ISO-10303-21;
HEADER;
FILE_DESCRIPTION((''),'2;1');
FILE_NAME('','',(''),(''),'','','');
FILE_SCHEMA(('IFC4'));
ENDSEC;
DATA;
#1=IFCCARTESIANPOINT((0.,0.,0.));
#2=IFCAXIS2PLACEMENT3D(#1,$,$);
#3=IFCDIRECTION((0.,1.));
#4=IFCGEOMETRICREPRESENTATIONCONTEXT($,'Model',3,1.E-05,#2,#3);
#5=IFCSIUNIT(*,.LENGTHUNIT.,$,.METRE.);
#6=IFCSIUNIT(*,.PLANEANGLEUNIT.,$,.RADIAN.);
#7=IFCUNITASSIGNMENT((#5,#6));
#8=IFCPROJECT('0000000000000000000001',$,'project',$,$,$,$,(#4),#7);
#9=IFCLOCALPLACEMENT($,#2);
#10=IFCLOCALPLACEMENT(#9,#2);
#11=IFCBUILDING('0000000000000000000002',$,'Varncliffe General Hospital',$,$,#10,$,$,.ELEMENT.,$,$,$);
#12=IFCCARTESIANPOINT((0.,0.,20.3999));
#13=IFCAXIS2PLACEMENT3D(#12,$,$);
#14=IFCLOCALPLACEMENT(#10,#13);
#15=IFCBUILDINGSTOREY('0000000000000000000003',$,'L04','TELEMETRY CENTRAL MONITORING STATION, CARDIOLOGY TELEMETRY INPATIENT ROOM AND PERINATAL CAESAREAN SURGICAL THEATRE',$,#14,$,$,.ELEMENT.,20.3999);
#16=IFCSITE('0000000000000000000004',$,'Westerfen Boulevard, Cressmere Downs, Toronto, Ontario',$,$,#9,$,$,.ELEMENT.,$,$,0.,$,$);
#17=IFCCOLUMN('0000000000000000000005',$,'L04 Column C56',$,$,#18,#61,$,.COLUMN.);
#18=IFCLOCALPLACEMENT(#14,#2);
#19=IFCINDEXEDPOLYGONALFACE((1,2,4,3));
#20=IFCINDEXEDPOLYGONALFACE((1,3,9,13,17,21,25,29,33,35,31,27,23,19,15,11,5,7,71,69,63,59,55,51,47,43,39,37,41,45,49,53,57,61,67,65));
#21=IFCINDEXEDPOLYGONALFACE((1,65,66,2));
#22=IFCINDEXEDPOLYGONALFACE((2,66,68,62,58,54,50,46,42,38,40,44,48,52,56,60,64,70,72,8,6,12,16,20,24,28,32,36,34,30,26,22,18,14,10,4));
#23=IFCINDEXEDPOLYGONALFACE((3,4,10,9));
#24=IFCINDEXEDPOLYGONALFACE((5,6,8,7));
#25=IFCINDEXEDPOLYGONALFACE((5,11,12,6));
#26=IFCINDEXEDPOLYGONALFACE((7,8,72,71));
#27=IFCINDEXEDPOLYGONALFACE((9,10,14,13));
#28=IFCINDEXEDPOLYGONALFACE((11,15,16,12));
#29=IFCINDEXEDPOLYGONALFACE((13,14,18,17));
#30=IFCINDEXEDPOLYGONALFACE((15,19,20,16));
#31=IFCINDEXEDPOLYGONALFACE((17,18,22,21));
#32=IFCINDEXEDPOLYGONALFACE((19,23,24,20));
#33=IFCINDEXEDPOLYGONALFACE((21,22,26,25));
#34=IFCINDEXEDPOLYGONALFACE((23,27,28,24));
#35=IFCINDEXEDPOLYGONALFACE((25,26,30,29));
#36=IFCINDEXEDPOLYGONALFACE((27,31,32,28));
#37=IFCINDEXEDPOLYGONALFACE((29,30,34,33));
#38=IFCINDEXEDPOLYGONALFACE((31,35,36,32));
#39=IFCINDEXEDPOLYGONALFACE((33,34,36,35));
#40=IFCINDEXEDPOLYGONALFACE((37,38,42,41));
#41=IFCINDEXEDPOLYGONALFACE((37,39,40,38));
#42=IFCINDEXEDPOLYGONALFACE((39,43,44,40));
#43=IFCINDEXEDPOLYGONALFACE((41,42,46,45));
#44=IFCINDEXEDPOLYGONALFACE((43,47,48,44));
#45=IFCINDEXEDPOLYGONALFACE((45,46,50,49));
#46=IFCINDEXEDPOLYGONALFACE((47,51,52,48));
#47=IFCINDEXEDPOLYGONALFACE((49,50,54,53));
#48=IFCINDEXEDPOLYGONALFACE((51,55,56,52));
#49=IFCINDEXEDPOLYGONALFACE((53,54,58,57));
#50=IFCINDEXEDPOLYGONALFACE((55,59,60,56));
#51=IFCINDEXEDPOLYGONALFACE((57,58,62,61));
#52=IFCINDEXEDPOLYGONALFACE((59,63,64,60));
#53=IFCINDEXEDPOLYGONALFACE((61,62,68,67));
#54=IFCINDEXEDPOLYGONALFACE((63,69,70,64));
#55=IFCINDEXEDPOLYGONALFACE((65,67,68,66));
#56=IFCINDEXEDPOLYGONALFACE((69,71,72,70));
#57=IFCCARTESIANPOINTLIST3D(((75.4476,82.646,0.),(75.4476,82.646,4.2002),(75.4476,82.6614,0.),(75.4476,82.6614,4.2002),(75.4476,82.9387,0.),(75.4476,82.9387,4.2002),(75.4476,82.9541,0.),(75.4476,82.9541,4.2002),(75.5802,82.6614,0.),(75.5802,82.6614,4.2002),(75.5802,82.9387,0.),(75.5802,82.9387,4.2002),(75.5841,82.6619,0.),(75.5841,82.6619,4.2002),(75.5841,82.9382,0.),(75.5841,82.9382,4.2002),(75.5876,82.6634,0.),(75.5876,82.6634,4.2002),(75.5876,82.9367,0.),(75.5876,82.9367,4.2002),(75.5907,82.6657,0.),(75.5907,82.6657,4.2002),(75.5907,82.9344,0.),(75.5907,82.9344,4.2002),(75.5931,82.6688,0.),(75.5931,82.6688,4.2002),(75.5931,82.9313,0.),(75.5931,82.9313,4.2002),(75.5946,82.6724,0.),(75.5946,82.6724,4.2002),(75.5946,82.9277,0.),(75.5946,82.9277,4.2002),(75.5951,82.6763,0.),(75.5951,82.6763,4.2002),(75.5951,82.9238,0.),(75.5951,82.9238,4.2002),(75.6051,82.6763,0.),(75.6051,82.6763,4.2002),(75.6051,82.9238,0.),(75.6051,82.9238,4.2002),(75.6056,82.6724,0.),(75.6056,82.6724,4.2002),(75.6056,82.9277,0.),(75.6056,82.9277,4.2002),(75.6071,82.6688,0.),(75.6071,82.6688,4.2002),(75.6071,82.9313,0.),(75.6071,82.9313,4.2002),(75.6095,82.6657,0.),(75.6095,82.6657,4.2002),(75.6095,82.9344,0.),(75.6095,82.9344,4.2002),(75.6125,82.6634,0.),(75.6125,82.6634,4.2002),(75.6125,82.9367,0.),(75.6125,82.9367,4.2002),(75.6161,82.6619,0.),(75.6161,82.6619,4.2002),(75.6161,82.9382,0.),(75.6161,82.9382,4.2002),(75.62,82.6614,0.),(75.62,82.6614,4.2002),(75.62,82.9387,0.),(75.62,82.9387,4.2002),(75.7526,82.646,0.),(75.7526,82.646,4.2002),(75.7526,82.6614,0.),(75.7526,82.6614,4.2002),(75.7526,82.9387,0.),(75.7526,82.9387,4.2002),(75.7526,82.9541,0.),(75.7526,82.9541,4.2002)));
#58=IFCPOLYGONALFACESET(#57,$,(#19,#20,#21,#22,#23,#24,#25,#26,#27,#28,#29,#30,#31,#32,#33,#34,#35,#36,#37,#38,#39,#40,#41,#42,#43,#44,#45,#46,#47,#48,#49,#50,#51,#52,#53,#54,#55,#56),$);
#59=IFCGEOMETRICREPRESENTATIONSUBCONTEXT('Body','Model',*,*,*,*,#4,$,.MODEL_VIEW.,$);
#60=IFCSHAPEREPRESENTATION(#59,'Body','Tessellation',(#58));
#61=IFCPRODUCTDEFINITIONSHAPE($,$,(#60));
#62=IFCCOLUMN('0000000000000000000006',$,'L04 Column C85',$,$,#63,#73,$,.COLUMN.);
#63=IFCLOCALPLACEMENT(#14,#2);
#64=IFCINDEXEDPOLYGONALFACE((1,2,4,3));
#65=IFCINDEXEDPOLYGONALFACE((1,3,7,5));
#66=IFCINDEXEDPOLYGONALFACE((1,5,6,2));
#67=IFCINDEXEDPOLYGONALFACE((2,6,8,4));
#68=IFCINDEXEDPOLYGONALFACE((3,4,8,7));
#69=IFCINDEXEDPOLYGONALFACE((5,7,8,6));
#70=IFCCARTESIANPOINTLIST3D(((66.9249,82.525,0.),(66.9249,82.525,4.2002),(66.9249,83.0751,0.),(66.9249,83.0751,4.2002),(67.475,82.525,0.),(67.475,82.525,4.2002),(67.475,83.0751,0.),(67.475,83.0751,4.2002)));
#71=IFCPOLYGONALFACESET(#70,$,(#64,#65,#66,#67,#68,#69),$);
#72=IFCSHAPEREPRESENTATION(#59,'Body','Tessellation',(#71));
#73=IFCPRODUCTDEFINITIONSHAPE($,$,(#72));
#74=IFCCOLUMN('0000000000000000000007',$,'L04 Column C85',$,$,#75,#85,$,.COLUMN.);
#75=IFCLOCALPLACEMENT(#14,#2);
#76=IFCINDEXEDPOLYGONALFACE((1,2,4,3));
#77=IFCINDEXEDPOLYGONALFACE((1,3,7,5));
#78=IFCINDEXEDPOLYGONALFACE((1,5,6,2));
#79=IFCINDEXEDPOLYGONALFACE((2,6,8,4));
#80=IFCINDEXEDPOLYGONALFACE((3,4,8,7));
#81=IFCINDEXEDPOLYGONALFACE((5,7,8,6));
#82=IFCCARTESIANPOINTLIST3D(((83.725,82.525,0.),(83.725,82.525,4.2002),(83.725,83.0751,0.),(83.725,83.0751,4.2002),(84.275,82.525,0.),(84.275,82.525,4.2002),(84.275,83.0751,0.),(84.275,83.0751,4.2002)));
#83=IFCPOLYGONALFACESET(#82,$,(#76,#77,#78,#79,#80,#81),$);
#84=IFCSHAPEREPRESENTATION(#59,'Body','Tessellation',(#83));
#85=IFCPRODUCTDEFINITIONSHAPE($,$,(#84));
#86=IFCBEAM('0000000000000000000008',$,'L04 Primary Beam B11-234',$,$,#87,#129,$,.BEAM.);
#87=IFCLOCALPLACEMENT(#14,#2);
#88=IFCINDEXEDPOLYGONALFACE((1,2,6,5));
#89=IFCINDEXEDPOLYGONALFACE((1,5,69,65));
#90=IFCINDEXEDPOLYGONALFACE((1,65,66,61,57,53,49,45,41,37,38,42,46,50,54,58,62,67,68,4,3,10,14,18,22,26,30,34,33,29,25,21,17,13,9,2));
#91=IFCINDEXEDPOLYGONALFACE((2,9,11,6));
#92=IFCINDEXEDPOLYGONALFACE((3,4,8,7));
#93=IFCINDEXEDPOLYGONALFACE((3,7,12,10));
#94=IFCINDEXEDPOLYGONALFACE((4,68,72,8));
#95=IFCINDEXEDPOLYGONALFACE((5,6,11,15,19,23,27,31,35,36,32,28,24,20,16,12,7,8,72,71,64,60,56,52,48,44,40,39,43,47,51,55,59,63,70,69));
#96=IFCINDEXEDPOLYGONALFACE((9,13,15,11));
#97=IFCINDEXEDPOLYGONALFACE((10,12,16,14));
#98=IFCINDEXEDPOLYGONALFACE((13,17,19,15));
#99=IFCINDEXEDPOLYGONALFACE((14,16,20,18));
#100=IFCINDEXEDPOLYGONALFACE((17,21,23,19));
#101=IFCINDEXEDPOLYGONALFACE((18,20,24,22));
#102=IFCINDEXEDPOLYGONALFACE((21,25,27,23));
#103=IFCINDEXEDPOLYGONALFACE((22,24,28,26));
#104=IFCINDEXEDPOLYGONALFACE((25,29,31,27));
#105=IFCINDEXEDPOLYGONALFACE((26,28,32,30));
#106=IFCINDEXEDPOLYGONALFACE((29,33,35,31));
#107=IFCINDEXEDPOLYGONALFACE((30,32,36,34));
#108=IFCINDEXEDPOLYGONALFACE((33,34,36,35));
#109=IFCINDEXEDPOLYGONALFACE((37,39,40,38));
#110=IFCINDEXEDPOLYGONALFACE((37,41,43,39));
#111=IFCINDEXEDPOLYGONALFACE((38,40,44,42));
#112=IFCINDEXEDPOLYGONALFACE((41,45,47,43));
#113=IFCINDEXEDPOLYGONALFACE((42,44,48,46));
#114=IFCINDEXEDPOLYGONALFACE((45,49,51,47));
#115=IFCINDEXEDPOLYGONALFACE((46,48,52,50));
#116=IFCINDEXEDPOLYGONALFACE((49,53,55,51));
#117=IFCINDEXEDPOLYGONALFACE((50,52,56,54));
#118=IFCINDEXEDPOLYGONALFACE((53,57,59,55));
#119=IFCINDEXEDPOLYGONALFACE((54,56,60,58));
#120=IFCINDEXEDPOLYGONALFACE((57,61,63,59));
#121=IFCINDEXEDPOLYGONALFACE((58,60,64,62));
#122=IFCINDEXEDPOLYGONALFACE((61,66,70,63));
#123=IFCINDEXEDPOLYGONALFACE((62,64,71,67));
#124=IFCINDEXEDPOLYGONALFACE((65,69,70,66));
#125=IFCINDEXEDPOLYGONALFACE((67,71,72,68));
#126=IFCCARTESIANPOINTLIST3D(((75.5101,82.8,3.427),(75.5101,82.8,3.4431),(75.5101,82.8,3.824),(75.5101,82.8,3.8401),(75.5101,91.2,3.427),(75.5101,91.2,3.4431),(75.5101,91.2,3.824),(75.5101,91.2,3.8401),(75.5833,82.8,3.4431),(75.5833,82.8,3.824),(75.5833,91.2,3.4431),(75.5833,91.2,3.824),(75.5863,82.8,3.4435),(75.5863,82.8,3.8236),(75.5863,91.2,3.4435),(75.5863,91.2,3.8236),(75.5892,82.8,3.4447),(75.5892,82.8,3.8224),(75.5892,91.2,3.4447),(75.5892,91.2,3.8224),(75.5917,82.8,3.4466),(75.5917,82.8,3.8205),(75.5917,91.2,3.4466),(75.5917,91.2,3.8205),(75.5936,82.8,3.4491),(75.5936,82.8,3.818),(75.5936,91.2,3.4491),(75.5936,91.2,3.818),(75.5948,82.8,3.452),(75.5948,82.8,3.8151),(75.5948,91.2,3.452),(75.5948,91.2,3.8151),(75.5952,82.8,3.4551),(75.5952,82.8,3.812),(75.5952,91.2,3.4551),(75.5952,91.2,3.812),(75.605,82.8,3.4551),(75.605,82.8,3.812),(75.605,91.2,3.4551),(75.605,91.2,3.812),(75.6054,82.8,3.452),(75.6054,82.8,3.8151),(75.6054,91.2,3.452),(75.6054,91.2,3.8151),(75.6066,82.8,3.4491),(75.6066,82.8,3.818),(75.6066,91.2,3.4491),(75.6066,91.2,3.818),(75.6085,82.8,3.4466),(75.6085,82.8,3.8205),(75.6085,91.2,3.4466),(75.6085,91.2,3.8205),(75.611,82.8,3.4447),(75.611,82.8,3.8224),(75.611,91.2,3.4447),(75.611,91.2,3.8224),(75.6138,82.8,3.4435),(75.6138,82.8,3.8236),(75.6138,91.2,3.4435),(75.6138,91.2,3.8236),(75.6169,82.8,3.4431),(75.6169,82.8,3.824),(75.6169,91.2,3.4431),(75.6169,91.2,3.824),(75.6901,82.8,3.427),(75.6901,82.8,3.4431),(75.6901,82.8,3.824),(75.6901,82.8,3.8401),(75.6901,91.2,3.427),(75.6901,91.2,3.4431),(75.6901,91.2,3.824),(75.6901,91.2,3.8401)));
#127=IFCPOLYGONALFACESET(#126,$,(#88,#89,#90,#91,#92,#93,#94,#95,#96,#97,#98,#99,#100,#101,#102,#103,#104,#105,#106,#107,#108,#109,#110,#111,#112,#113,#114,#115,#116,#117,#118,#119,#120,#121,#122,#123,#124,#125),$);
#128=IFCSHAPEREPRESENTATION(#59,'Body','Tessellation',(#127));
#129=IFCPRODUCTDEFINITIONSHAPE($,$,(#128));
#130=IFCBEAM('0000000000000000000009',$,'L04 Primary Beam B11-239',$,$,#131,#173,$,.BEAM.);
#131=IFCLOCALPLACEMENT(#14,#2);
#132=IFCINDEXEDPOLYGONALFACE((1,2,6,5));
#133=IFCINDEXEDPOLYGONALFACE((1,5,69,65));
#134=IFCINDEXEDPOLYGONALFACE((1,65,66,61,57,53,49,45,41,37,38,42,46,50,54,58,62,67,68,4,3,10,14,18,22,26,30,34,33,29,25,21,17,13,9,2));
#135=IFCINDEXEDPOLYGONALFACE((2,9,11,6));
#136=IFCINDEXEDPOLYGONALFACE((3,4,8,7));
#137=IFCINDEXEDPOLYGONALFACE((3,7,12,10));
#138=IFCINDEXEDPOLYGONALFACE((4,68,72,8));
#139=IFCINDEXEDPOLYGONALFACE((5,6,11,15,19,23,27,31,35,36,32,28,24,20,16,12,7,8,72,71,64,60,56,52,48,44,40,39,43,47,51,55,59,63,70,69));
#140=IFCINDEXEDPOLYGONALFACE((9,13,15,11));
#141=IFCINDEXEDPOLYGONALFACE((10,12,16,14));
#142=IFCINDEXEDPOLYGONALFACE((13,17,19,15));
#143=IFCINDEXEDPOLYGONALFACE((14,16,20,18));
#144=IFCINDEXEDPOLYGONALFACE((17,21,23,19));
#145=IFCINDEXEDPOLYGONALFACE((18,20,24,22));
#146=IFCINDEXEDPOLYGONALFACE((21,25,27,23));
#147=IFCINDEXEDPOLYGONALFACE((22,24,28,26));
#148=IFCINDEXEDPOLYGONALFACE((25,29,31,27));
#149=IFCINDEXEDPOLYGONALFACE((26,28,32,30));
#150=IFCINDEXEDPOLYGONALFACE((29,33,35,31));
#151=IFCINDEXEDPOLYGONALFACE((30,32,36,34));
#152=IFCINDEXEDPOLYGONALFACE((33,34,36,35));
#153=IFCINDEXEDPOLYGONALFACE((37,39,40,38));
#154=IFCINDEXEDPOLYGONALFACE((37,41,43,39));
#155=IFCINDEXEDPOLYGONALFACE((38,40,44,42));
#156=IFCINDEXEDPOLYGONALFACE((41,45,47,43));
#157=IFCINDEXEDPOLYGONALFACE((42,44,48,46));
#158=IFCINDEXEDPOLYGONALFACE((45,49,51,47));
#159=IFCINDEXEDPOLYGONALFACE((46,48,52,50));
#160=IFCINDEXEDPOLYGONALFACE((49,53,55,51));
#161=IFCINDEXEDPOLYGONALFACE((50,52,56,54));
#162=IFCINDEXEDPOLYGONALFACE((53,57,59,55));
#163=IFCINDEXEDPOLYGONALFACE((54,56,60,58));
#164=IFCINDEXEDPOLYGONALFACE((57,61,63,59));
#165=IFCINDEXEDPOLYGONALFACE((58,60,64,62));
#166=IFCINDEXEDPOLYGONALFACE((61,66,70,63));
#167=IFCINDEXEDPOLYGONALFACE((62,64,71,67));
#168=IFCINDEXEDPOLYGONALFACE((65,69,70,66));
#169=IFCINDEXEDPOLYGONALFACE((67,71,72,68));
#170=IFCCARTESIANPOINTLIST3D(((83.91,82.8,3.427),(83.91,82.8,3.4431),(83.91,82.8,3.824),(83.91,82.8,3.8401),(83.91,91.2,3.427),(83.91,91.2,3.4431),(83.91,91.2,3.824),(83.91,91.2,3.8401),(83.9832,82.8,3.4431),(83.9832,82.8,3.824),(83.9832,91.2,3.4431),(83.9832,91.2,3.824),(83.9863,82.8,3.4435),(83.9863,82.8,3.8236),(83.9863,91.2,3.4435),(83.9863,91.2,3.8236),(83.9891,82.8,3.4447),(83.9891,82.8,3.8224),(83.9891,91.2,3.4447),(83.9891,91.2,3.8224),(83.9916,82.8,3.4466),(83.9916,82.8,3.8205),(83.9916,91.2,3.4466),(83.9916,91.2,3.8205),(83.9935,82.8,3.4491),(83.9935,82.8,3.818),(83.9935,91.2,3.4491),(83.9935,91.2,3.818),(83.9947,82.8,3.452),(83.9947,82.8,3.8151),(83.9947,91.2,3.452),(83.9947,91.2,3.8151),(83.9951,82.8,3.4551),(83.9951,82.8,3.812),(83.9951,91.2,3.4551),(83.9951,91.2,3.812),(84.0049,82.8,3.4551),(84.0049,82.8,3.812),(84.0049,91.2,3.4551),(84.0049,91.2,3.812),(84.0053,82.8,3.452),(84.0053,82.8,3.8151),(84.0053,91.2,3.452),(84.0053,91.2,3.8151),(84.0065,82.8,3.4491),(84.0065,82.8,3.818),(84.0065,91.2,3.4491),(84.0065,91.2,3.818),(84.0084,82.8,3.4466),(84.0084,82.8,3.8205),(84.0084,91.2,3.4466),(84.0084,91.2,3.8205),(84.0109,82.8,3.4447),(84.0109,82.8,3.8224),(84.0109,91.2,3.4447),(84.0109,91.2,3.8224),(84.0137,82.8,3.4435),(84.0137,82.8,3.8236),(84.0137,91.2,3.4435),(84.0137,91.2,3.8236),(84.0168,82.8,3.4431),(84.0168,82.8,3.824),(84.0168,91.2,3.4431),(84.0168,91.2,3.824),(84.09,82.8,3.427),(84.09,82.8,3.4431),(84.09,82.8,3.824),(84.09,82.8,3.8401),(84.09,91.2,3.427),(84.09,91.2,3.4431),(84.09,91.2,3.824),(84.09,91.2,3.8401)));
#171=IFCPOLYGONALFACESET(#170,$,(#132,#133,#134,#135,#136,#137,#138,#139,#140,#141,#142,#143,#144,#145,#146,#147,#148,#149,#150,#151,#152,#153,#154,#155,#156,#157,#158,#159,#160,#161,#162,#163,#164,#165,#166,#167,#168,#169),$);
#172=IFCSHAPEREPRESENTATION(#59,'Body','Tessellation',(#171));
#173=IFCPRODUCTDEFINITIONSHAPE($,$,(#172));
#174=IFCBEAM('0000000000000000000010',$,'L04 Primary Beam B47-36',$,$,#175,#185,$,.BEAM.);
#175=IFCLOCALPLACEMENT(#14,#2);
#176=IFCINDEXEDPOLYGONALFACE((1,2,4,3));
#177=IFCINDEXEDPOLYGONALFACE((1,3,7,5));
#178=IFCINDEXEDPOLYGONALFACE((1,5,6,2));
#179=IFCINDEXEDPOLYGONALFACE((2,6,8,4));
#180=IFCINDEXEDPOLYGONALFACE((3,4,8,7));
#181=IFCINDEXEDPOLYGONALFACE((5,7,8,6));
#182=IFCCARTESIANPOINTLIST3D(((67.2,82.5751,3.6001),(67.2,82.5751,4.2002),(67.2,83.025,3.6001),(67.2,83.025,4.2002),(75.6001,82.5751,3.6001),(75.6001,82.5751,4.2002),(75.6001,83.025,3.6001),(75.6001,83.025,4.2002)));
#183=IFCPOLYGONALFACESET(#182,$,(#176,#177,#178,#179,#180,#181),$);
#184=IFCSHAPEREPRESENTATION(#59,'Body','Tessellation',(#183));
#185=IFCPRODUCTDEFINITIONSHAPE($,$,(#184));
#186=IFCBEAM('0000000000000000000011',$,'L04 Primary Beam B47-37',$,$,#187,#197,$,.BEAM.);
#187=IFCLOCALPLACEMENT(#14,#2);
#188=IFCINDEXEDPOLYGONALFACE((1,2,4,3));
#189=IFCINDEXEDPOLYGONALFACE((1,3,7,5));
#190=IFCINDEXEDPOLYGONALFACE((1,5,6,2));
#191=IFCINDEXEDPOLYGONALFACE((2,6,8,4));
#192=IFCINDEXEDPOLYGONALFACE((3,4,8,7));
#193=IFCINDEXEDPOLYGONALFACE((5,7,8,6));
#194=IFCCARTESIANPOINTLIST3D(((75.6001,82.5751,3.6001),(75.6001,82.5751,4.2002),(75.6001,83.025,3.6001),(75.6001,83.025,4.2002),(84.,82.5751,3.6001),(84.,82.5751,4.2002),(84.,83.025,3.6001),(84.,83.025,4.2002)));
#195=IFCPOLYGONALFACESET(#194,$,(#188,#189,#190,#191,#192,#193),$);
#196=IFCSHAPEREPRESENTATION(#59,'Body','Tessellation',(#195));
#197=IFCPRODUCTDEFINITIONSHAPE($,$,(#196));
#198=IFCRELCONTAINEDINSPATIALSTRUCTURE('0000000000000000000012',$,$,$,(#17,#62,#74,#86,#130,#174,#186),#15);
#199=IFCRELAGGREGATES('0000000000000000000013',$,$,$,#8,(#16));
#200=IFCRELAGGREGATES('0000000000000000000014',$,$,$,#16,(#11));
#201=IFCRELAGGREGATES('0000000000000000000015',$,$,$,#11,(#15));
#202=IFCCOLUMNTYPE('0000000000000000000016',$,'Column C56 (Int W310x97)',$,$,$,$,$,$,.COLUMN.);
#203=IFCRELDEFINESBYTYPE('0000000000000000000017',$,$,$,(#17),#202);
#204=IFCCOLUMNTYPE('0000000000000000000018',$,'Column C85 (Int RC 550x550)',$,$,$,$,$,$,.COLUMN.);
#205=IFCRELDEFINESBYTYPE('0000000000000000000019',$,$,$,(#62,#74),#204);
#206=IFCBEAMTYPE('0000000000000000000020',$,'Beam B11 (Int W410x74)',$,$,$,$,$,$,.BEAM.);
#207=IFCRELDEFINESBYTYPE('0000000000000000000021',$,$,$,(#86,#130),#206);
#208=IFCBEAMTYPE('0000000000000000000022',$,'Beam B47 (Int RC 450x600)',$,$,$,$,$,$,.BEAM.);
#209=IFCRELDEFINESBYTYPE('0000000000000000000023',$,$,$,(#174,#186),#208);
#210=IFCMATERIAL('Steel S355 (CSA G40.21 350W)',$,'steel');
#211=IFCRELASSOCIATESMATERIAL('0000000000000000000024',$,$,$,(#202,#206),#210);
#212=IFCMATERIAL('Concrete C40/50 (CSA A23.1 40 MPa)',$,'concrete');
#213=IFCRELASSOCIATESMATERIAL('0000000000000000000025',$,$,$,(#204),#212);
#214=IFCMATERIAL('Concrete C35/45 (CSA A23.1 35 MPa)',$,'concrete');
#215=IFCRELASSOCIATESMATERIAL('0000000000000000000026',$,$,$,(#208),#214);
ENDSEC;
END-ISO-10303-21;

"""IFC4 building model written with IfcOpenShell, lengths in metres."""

from ifc_helpers import new_model, si_unit, direction, frame, origin, origin_2d, place, context, subcontext, project, spatial, rectangle, i_section, extrude, material, material_profile, profile_set, type_object, element, save


model = new_model("IFC4")

# Units and contexts
model_context = context("Model", 3, precision=1e-05, world=origin(), true_north=direction((0.0, 1.0)))
body_context = subcontext(model_context, "Body", "Model", "MODEL_VIEW")
ifc_project = project(units=[si_unit("LENGTHUNIT", "METRE"), si_unit("PLANEANGLEUNIT", "RADIAN")], contexts=[model_context])

# Site, building, storey
site_placement = place(None, origin())
site = spatial("IfcSite", under=ifc_project, at=site_placement, Name="Westerfen Boulevard, Cressmere Downs, Toronto, Ontario", CompositionType="ELEMENT", RefElevation=0.0)
building_placement = place(site_placement, origin())
building = spatial("IfcBuilding", under=site, at=building_placement, Name="Varncliffe General Hospital", CompositionType="ELEMENT")
storey_placement = place(building_placement, frame((0.0, 0.0, 20.3999)))
storey = spatial("IfcBuildingStorey", under=building, at=storey_placement, Name="L04", Description="TELEMETRY CENTRAL MONITORING STATION, CARDIOLOGY TELEMETRY INPATIENT ROOM AND PERINATAL CAESAREAN SURGICAL THEATRE", CompositionType="ELEMENT", Elevation=20.3999)

# Columns
ifc_material_1 = material(Name="Steel S355 (CSA G40.21 350W)", Category="steel")
ifc_material_profile_1 = material_profile(ifc_material_1, i_section(OverallWidth=0.3049, OverallDepth=0.3081, WebThickness=0.01, FlangeThickness=0.0154, FilletRadius=0.0149, at=origin_2d()), Name="W310x97")
ifc_profile_set_1 = profile_set([ifc_material_profile_1], Name="Steel S355 (CSA G40.21 350W)")
column_type_1 = type_object("IfcColumnType", Name="Column C56 (Int W310x97)", PredefinedType="COLUMN", material=ifc_profile_set_1)
column_placement = place(storey_placement, frame((75.6001, 82.8, 0.0), z_axis=(0.0, 0.0, 1.0), x_axis=(1.0, 0.0, 0.0)))
element("IfcColumn", 1, at=column_placement, inside=storey, type_object=column_type_1, Name="L04 Column C56", PredefinedType="COLUMN", context=body_context, shape_type="SweptSolid", body=[
    extrude(i_section(OverallWidth=0.3049, OverallDepth=0.3081, WebThickness=0.01, FlangeThickness=0.0154, FilletRadius=0.0149, at=origin_2d()), origin(), (0.0, 0.0, 1.0), 4.2002),
])
ifc_material_2 = material(Name="Concrete C40/50 (CSA A23.1 40 MPa)", Category="concrete")
ifc_material_profile_2 = material_profile(ifc_material_2, rectangle(XDim=0.55, YDim=0.55, at=origin_2d()), Name="RC 550x550")
ifc_profile_set_2 = profile_set([ifc_material_profile_2], Name="Concrete C40/50 (CSA A23.1 40 MPa)")
column_type_2 = type_object("IfcColumnType", Name="Column C85 (Int RC 550x550)", PredefinedType="COLUMN", material=ifc_profile_set_2)
for number, where, z_axis, x_axis, name in (
    (2, (67.2, 82.8, 0.0), (0.0, 0.0, 1.0), (1.0, 0.0, 0.0), "L04 Column C85"),
    (3, (84.0, 82.8, 0.0), (0.0, 0.0, 1.0), (1.0, 0.0, 0.0), "L04 Column C85"),
):
    element("IfcColumn", number, at=place(storey_placement, frame(where, z_axis=z_axis, x_axis=x_axis)), inside=storey, type_object=column_type_2, Name=name, PredefinedType="COLUMN", context=body_context, shape_type="SweptSolid", body=[
        extrude(rectangle(XDim=0.55, YDim=0.55, at=origin_2d()), origin(), (0.0, 0.0, 1.0), 4.2002),
    ])

# Beams
ifc_material_profile_3 = material_profile(ifc_material_1, i_section(OverallWidth=0.1799, OverallDepth=0.4131, WebThickness=0.0098, FlangeThickness=0.0161, FilletRadius=0.012, at=origin_2d()), Name="W410x74")
ifc_profile_set_3 = profile_set([ifc_material_profile_3], Name="Steel S355 (CSA G40.21 350W)")
beam_type_1 = type_object("IfcBeamType", Name="Beam B11 (Int W410x74)", PredefinedType="BEAM", material=ifc_profile_set_3)
for number, where, z_axis, x_axis, name in (
    (4, (75.6001, 82.8, 3.6335), (0.0, 1.0, 0.0), (-1.0, 0.0, 0.0), "L04 Primary Beam B11-234"),
    (5, (84.0, 82.8, 3.6335), (0.0, 1.0, 0.0), (-1.0, 0.0, 0.0), "L04 Primary Beam B11-239"),
):
    element("IfcBeam", number, at=place(storey_placement, frame(where, z_axis=z_axis, x_axis=x_axis)), inside=storey, type_object=beam_type_1, Name=name, PredefinedType="BEAM", context=body_context, shape_type="SweptSolid", body=[
        extrude(i_section(OverallWidth=0.1799, OverallDepth=0.4131, WebThickness=0.0098, FlangeThickness=0.0161, FilletRadius=0.012, at=origin_2d()), origin(), (0.0, 0.0, 1.0), 8.3999),
    ])
ifc_material_3 = material(Name="Concrete C35/45 (CSA A23.1 35 MPa)", Category="concrete")
ifc_material_profile_4 = material_profile(ifc_material_3, rectangle(XDim=0.45, YDim=0.6001, at=origin_2d()), Name="RC 450x600")
ifc_profile_set_4 = profile_set([ifc_material_profile_4], Name="Concrete C35/45 (CSA A23.1 35 MPa)")
beam_type_2 = type_object("IfcBeamType", Name="Beam B47 (Int RC 450x600)", PredefinedType="BEAM", material=ifc_profile_set_4)
beam_placement = place(storey_placement, frame((67.2, 82.8, 3.9001), z_axis=(1.0, 0.0, 0.0), x_axis=(0.0, 1.0, 0.0)))
element("IfcBeam", 6, at=beam_placement, inside=storey, type_object=beam_type_2, Name="L04 Primary Beam B47-36", PredefinedType="BEAM", context=body_context, shape_type="SweptSolid", body=[
    extrude(rectangle(XDim=0.45, YDim=0.6001, at=origin_2d()), origin(), (0.0, 0.0, 1.0), 8.4001),
])
for number, where, z_axis, x_axis, name in (
    (7, (75.6001, 82.8, 3.9001), (1.0, 0.0, 0.0), (0.0, 1.0, 0.0), "L04 Primary Beam B47-37"),
):
    element("IfcBeam", number, at=place(storey_placement, frame(where, z_axis=z_axis, x_axis=x_axis)), inside=storey, type_object=beam_type_2, Name=name, PredefinedType="BEAM", context=body_context, shape_type="SweptSolid", body=[
        extrude(rectangle(XDim=0.45, YDim=0.6001, at=origin_2d()), origin(), (0.0, 0.0, 1.0), 8.3999),
    ])

save(model, "model.ifc")
